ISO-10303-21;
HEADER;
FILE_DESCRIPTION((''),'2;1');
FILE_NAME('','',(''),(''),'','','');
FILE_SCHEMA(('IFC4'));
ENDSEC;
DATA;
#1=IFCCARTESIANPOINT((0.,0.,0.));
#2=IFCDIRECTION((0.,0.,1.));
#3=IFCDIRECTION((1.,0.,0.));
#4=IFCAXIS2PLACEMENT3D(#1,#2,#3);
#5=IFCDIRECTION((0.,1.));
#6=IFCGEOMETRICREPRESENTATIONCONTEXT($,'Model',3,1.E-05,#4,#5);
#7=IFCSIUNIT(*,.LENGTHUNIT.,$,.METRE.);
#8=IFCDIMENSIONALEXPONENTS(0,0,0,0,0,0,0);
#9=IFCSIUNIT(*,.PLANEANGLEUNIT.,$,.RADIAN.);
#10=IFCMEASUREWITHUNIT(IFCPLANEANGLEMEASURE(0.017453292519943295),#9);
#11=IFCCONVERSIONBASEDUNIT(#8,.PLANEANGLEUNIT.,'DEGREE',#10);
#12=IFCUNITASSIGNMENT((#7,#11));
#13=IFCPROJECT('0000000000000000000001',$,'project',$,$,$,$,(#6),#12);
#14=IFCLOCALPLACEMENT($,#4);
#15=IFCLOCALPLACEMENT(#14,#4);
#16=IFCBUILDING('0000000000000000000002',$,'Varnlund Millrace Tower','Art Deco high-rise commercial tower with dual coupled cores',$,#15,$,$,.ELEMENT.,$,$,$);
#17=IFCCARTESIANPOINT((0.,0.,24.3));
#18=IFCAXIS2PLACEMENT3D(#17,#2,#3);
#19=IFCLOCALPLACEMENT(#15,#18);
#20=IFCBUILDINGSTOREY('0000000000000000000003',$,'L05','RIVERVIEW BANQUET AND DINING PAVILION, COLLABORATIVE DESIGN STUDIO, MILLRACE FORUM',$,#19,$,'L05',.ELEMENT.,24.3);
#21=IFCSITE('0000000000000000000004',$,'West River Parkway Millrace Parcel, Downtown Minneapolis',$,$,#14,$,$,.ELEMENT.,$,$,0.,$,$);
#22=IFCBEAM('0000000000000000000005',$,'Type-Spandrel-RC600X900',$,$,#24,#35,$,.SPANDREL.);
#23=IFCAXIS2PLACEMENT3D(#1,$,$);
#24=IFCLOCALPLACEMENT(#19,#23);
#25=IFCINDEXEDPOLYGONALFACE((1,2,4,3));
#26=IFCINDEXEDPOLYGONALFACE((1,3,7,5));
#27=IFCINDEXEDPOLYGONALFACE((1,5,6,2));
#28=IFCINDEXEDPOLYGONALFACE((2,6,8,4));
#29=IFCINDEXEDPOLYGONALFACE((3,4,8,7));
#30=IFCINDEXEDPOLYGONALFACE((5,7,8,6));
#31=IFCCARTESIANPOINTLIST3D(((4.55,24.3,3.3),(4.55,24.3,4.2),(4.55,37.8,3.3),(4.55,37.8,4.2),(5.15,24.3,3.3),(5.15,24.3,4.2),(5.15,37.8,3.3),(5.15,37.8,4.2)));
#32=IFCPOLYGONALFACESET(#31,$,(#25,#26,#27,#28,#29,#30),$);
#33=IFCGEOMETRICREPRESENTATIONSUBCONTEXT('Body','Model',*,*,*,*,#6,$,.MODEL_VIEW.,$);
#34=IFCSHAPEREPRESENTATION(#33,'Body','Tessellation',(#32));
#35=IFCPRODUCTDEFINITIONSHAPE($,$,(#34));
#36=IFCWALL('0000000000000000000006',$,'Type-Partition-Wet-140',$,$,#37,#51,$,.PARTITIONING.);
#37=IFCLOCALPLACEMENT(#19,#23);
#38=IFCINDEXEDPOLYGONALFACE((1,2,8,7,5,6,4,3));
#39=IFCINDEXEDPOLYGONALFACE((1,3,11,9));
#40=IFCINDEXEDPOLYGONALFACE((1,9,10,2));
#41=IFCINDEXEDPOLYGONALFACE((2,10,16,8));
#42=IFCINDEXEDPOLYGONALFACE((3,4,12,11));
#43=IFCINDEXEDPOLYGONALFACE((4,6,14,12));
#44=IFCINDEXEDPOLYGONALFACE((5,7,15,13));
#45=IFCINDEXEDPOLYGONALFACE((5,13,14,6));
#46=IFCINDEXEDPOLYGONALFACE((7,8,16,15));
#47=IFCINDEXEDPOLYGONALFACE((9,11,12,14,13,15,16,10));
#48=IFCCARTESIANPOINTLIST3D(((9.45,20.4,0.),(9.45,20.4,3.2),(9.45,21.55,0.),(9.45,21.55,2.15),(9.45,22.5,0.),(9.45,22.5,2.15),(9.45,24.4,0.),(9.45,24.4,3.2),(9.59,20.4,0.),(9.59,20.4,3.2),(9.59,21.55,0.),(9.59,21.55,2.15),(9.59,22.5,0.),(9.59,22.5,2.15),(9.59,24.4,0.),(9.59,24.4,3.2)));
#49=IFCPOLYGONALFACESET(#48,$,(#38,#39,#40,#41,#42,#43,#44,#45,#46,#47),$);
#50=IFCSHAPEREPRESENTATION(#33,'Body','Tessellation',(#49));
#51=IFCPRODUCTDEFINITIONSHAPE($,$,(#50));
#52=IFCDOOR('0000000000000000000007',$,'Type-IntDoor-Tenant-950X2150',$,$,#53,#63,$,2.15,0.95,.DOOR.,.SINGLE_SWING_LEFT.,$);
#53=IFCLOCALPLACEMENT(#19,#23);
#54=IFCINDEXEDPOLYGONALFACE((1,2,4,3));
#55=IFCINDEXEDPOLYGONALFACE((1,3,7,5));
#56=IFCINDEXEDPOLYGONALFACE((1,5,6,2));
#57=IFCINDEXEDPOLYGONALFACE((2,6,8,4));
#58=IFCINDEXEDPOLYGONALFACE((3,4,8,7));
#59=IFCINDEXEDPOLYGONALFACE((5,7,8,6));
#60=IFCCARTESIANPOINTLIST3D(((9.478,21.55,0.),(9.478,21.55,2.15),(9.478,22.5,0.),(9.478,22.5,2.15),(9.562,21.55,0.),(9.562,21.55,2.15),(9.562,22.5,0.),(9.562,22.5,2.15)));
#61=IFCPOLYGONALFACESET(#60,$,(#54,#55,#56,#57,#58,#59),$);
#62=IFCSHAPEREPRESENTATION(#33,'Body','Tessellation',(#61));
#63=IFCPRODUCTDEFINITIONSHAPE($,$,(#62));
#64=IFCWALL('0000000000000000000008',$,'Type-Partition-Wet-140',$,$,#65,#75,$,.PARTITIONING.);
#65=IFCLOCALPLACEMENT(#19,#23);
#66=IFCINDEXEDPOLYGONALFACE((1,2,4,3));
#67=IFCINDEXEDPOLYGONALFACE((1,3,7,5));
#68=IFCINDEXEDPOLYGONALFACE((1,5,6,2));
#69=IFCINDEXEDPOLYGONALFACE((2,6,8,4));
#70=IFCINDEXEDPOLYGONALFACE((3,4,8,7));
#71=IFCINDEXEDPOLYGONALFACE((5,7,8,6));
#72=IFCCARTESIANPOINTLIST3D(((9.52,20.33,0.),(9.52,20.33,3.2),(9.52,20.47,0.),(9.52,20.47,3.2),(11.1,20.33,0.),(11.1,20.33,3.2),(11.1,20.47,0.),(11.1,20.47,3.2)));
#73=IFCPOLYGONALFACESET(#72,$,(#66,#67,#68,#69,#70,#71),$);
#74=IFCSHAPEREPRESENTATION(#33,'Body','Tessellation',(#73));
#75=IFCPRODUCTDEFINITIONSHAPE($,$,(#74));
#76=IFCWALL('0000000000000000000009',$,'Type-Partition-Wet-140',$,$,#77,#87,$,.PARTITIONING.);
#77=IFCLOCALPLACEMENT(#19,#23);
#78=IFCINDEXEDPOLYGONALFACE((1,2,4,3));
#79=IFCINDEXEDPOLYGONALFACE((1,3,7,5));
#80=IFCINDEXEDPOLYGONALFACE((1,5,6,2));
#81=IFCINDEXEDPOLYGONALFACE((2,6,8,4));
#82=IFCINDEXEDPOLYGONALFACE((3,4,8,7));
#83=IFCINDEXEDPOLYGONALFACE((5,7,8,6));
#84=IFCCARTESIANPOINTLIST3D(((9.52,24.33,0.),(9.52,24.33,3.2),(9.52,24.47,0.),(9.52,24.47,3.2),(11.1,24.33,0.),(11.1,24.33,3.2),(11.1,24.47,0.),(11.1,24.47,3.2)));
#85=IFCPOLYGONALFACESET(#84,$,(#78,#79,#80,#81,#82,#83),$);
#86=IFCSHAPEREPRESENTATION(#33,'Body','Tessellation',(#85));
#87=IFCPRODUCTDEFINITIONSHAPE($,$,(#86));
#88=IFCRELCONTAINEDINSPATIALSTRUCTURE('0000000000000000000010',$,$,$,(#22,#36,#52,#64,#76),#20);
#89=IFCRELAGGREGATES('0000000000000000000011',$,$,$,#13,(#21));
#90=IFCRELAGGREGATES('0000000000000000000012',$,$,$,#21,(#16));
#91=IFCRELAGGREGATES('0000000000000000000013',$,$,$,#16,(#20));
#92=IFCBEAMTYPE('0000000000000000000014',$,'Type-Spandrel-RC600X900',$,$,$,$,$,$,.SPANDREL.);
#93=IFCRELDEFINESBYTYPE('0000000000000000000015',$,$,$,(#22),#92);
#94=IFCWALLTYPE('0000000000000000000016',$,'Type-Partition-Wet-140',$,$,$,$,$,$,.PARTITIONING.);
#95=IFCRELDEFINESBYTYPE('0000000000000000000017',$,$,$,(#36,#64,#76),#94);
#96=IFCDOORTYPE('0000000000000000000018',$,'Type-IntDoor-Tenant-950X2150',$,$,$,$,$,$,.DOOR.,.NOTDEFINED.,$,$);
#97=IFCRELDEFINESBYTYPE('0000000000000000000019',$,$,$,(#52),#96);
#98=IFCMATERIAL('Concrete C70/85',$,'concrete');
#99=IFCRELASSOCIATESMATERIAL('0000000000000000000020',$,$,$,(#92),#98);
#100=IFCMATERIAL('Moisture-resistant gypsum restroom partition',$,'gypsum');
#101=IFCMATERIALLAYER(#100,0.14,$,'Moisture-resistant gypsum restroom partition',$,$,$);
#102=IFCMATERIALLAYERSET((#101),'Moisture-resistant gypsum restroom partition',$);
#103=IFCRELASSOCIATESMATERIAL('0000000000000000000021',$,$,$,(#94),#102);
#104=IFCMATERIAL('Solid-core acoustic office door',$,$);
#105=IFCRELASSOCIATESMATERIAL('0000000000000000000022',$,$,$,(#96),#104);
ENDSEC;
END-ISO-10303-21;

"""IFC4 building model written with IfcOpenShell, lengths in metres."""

from ifc_helpers import new_model, entity, si_unit, converted_unit, direction, frame, origin_with_axes, origin_2d_with_axis, place, context, subcontext, project, spatial, polyline, rectangle, outline, extrude, material, layer, layer_set, material_profile, profile_set, type_object, element, fill, save


model = new_model("IFC4")

# Units and contexts
model_context = context("Model", 3, precision=1e-05, world=origin_with_axes(), true_north=direction((0.0, 1.0)))
body_context = subcontext(model_context, "Body", "Model", "MODEL_VIEW")
ifc_project = project(units=[si_unit("LENGTHUNIT", "METRE"), converted_unit("PLANEANGLEUNIT", "DEGREE", entity("IfcPlaneAngleMeasure", 0.017453292519943295), si_unit("PLANEANGLEUNIT", "RADIAN"), dimensions=[0, 0, 0, 0, 0, 0, 0])], contexts=[model_context])

# Site, building, storey
site_placement = place(None, origin_with_axes())
site = spatial("IfcSite", under=ifc_project, at=site_placement, Name="West River Parkway Millrace Parcel, Downtown Minneapolis", CompositionType="ELEMENT", RefElevation=0.0)
building_placement = place(site_placement, origin_with_axes())
building = spatial("IfcBuilding", under=site, at=building_placement, Name="Varnlund Millrace Tower", Description="Art Deco high-rise commercial tower with dual coupled cores", CompositionType="ELEMENT")
storey_placement = place(building_placement, frame((0.0, 0.0, 24.3), z_axis=(0.0, 0.0, 1.0), x_axis=(1.0, 0.0, 0.0)))
storey = spatial("IfcBuildingStorey", under=building, at=storey_placement, Name="L05", Description="RIVERVIEW BANQUET AND DINING PAVILION, COLLABORATIVE DESIGN STUDIO, MILLRACE FORUM", LongName="L05", CompositionType="ELEMENT", Elevation=24.3)

# Beam
ifc_material_1 = material(Name="Concrete C70/85", Category="concrete")
ifc_material_profile_1 = material_profile(ifc_material_1, rectangle(XDim=0.6, YDim=0.9, at=origin_2d_with_axis()), Name="Concrete C70/85")
ifc_profile_set_1 = profile_set([ifc_material_profile_1], Name="Concrete C70/85")
beam_type_1 = type_object("IfcBeamType", Name="Type-Spandrel-RC600X900", PredefinedType="SPANDREL", material=ifc_profile_set_1)
beam_1_placement = place(storey_placement, frame((4.85, 24.3, 3.75), z_axis=(0.0, 1.0, 0.0), x_axis=(-1.0, 0.0, 0.0)))
element("IfcBeam", 1, at=beam_1_placement, inside=storey, type_object=beam_type_1, Name="Type-Spandrel-RC600X900", PredefinedType="SPANDREL", context=body_context, shape_type="SweptSolid", body=[
    extrude(rectangle(XDim=0.6, YDim=0.9, at=origin_2d_with_axis()), origin_with_axes(), (0.0, 0.0, 1.0), 13.5),
])

# Wall, opening, door
ifc_material_2 = material(Name="Moisture-resistant gypsum restroom partition", Category="gypsum")
ifc_layer = layer(ifc_material_2, 0.14, Name="Moisture-resistant gypsum restroom partition")
ifc_layer_set = layer_set([ifc_layer], Name="Moisture-resistant gypsum restroom partition")
wall_type = type_object("IfcWallType", Name="Type-Partition-Wet-140", PredefinedType="PARTITIONING", material=ifc_layer_set)
wall_placement = place(storey_placement, frame((9.52, 20.4, 0.0), z_axis=(0.0, 0.0, 1.0), x_axis=(0.0, 1.0, 0.0)))
wall = element("IfcWall", 2, at=wall_placement, inside=storey, type_object=wall_type, Name="Type-Partition-Wet-140", PredefinedType="PARTITIONING", context=body_context, shape_type="SweptSolid", body=[
    extrude(outline(polyline([(0.0, -0.07), (4.0, -0.07), (4.0, 0.07), (0.0, 0.07), (0.0, -0.07)])), origin_with_axes(), (0.0, 0.0, 1.0), 3.2),
])
opening_placement = place(wall_placement, frame((1.625, 0.0, 0.0), z_axis=(0.0, 0.0, 1.0), x_axis=(1.0, 0.0, 0.0)))
opening = element("IfcOpeningElement", 3, at=opening_placement, cuts=wall, PredefinedType="OPENING", context=body_context, shape_type="SweptSolid", body=[
    extrude(rectangle(XDim=0.95, YDim=0.16, at=origin_2d_with_axis()), origin_with_axes(), (0.0, 0.0, 1.0), 2.15),
])
ifc_material_3 = material(Name="Solid-core acoustic office door")
door_type = type_object("IfcDoorType", Name="Type-IntDoor-Tenant-950X2150", OperationType="NOTDEFINED", PredefinedType="DOOR", material=ifc_material_3)
door_placement = place(wall_placement, frame((1.625, 0.0, 0.0), z_axis=(0.0, 0.0, 1.0), x_axis=(1.0, 0.0, 0.0)))
door = element("IfcDoor", 4, at=door_placement, inside=storey, type_object=door_type, Name="Type-IntDoor-Tenant-950X2150", OperationType="SINGLE_SWING_LEFT", OverallHeight=2.15, OverallWidth=0.95, PredefinedType="DOOR", context=body_context, shape_type="SweptSolid", body=[
    extrude(rectangle(XDim=0.95, YDim=0.084, at=origin_2d_with_axis()), origin_with_axes(), (0.0, 0.0, 1.0), 2.15),
])
fill(opening, door)

# Walls
for number, where, z_axis, x_axis, name in (
    (5, (9.52, 20.4, 0.0), (0.0, 0.0, 1.0), (1.0, 0.0, 0.0), "Type-Partition-Wet-140"),
    (6, (9.52, 24.4, 0.0), (0.0, 0.0, 1.0), (1.0, 0.0, 0.0), "Type-Partition-Wet-140"),
):
    element("IfcWall", number, at=place(storey_placement, frame(where, z_axis=z_axis, x_axis=x_axis)), inside=storey, type_object=wall_type, Name=name, PredefinedType="PARTITIONING", context=body_context, shape_type="SweptSolid", body=[
        extrude(outline(polyline([(0.0, -0.07), (1.58, -0.07), (1.58, 0.07), (0.0, 0.07), (0.0, -0.07)])), origin_with_axes(), (0.0, 0.0, 1.0), 3.2),
    ])

save(model, "model.ifc")
